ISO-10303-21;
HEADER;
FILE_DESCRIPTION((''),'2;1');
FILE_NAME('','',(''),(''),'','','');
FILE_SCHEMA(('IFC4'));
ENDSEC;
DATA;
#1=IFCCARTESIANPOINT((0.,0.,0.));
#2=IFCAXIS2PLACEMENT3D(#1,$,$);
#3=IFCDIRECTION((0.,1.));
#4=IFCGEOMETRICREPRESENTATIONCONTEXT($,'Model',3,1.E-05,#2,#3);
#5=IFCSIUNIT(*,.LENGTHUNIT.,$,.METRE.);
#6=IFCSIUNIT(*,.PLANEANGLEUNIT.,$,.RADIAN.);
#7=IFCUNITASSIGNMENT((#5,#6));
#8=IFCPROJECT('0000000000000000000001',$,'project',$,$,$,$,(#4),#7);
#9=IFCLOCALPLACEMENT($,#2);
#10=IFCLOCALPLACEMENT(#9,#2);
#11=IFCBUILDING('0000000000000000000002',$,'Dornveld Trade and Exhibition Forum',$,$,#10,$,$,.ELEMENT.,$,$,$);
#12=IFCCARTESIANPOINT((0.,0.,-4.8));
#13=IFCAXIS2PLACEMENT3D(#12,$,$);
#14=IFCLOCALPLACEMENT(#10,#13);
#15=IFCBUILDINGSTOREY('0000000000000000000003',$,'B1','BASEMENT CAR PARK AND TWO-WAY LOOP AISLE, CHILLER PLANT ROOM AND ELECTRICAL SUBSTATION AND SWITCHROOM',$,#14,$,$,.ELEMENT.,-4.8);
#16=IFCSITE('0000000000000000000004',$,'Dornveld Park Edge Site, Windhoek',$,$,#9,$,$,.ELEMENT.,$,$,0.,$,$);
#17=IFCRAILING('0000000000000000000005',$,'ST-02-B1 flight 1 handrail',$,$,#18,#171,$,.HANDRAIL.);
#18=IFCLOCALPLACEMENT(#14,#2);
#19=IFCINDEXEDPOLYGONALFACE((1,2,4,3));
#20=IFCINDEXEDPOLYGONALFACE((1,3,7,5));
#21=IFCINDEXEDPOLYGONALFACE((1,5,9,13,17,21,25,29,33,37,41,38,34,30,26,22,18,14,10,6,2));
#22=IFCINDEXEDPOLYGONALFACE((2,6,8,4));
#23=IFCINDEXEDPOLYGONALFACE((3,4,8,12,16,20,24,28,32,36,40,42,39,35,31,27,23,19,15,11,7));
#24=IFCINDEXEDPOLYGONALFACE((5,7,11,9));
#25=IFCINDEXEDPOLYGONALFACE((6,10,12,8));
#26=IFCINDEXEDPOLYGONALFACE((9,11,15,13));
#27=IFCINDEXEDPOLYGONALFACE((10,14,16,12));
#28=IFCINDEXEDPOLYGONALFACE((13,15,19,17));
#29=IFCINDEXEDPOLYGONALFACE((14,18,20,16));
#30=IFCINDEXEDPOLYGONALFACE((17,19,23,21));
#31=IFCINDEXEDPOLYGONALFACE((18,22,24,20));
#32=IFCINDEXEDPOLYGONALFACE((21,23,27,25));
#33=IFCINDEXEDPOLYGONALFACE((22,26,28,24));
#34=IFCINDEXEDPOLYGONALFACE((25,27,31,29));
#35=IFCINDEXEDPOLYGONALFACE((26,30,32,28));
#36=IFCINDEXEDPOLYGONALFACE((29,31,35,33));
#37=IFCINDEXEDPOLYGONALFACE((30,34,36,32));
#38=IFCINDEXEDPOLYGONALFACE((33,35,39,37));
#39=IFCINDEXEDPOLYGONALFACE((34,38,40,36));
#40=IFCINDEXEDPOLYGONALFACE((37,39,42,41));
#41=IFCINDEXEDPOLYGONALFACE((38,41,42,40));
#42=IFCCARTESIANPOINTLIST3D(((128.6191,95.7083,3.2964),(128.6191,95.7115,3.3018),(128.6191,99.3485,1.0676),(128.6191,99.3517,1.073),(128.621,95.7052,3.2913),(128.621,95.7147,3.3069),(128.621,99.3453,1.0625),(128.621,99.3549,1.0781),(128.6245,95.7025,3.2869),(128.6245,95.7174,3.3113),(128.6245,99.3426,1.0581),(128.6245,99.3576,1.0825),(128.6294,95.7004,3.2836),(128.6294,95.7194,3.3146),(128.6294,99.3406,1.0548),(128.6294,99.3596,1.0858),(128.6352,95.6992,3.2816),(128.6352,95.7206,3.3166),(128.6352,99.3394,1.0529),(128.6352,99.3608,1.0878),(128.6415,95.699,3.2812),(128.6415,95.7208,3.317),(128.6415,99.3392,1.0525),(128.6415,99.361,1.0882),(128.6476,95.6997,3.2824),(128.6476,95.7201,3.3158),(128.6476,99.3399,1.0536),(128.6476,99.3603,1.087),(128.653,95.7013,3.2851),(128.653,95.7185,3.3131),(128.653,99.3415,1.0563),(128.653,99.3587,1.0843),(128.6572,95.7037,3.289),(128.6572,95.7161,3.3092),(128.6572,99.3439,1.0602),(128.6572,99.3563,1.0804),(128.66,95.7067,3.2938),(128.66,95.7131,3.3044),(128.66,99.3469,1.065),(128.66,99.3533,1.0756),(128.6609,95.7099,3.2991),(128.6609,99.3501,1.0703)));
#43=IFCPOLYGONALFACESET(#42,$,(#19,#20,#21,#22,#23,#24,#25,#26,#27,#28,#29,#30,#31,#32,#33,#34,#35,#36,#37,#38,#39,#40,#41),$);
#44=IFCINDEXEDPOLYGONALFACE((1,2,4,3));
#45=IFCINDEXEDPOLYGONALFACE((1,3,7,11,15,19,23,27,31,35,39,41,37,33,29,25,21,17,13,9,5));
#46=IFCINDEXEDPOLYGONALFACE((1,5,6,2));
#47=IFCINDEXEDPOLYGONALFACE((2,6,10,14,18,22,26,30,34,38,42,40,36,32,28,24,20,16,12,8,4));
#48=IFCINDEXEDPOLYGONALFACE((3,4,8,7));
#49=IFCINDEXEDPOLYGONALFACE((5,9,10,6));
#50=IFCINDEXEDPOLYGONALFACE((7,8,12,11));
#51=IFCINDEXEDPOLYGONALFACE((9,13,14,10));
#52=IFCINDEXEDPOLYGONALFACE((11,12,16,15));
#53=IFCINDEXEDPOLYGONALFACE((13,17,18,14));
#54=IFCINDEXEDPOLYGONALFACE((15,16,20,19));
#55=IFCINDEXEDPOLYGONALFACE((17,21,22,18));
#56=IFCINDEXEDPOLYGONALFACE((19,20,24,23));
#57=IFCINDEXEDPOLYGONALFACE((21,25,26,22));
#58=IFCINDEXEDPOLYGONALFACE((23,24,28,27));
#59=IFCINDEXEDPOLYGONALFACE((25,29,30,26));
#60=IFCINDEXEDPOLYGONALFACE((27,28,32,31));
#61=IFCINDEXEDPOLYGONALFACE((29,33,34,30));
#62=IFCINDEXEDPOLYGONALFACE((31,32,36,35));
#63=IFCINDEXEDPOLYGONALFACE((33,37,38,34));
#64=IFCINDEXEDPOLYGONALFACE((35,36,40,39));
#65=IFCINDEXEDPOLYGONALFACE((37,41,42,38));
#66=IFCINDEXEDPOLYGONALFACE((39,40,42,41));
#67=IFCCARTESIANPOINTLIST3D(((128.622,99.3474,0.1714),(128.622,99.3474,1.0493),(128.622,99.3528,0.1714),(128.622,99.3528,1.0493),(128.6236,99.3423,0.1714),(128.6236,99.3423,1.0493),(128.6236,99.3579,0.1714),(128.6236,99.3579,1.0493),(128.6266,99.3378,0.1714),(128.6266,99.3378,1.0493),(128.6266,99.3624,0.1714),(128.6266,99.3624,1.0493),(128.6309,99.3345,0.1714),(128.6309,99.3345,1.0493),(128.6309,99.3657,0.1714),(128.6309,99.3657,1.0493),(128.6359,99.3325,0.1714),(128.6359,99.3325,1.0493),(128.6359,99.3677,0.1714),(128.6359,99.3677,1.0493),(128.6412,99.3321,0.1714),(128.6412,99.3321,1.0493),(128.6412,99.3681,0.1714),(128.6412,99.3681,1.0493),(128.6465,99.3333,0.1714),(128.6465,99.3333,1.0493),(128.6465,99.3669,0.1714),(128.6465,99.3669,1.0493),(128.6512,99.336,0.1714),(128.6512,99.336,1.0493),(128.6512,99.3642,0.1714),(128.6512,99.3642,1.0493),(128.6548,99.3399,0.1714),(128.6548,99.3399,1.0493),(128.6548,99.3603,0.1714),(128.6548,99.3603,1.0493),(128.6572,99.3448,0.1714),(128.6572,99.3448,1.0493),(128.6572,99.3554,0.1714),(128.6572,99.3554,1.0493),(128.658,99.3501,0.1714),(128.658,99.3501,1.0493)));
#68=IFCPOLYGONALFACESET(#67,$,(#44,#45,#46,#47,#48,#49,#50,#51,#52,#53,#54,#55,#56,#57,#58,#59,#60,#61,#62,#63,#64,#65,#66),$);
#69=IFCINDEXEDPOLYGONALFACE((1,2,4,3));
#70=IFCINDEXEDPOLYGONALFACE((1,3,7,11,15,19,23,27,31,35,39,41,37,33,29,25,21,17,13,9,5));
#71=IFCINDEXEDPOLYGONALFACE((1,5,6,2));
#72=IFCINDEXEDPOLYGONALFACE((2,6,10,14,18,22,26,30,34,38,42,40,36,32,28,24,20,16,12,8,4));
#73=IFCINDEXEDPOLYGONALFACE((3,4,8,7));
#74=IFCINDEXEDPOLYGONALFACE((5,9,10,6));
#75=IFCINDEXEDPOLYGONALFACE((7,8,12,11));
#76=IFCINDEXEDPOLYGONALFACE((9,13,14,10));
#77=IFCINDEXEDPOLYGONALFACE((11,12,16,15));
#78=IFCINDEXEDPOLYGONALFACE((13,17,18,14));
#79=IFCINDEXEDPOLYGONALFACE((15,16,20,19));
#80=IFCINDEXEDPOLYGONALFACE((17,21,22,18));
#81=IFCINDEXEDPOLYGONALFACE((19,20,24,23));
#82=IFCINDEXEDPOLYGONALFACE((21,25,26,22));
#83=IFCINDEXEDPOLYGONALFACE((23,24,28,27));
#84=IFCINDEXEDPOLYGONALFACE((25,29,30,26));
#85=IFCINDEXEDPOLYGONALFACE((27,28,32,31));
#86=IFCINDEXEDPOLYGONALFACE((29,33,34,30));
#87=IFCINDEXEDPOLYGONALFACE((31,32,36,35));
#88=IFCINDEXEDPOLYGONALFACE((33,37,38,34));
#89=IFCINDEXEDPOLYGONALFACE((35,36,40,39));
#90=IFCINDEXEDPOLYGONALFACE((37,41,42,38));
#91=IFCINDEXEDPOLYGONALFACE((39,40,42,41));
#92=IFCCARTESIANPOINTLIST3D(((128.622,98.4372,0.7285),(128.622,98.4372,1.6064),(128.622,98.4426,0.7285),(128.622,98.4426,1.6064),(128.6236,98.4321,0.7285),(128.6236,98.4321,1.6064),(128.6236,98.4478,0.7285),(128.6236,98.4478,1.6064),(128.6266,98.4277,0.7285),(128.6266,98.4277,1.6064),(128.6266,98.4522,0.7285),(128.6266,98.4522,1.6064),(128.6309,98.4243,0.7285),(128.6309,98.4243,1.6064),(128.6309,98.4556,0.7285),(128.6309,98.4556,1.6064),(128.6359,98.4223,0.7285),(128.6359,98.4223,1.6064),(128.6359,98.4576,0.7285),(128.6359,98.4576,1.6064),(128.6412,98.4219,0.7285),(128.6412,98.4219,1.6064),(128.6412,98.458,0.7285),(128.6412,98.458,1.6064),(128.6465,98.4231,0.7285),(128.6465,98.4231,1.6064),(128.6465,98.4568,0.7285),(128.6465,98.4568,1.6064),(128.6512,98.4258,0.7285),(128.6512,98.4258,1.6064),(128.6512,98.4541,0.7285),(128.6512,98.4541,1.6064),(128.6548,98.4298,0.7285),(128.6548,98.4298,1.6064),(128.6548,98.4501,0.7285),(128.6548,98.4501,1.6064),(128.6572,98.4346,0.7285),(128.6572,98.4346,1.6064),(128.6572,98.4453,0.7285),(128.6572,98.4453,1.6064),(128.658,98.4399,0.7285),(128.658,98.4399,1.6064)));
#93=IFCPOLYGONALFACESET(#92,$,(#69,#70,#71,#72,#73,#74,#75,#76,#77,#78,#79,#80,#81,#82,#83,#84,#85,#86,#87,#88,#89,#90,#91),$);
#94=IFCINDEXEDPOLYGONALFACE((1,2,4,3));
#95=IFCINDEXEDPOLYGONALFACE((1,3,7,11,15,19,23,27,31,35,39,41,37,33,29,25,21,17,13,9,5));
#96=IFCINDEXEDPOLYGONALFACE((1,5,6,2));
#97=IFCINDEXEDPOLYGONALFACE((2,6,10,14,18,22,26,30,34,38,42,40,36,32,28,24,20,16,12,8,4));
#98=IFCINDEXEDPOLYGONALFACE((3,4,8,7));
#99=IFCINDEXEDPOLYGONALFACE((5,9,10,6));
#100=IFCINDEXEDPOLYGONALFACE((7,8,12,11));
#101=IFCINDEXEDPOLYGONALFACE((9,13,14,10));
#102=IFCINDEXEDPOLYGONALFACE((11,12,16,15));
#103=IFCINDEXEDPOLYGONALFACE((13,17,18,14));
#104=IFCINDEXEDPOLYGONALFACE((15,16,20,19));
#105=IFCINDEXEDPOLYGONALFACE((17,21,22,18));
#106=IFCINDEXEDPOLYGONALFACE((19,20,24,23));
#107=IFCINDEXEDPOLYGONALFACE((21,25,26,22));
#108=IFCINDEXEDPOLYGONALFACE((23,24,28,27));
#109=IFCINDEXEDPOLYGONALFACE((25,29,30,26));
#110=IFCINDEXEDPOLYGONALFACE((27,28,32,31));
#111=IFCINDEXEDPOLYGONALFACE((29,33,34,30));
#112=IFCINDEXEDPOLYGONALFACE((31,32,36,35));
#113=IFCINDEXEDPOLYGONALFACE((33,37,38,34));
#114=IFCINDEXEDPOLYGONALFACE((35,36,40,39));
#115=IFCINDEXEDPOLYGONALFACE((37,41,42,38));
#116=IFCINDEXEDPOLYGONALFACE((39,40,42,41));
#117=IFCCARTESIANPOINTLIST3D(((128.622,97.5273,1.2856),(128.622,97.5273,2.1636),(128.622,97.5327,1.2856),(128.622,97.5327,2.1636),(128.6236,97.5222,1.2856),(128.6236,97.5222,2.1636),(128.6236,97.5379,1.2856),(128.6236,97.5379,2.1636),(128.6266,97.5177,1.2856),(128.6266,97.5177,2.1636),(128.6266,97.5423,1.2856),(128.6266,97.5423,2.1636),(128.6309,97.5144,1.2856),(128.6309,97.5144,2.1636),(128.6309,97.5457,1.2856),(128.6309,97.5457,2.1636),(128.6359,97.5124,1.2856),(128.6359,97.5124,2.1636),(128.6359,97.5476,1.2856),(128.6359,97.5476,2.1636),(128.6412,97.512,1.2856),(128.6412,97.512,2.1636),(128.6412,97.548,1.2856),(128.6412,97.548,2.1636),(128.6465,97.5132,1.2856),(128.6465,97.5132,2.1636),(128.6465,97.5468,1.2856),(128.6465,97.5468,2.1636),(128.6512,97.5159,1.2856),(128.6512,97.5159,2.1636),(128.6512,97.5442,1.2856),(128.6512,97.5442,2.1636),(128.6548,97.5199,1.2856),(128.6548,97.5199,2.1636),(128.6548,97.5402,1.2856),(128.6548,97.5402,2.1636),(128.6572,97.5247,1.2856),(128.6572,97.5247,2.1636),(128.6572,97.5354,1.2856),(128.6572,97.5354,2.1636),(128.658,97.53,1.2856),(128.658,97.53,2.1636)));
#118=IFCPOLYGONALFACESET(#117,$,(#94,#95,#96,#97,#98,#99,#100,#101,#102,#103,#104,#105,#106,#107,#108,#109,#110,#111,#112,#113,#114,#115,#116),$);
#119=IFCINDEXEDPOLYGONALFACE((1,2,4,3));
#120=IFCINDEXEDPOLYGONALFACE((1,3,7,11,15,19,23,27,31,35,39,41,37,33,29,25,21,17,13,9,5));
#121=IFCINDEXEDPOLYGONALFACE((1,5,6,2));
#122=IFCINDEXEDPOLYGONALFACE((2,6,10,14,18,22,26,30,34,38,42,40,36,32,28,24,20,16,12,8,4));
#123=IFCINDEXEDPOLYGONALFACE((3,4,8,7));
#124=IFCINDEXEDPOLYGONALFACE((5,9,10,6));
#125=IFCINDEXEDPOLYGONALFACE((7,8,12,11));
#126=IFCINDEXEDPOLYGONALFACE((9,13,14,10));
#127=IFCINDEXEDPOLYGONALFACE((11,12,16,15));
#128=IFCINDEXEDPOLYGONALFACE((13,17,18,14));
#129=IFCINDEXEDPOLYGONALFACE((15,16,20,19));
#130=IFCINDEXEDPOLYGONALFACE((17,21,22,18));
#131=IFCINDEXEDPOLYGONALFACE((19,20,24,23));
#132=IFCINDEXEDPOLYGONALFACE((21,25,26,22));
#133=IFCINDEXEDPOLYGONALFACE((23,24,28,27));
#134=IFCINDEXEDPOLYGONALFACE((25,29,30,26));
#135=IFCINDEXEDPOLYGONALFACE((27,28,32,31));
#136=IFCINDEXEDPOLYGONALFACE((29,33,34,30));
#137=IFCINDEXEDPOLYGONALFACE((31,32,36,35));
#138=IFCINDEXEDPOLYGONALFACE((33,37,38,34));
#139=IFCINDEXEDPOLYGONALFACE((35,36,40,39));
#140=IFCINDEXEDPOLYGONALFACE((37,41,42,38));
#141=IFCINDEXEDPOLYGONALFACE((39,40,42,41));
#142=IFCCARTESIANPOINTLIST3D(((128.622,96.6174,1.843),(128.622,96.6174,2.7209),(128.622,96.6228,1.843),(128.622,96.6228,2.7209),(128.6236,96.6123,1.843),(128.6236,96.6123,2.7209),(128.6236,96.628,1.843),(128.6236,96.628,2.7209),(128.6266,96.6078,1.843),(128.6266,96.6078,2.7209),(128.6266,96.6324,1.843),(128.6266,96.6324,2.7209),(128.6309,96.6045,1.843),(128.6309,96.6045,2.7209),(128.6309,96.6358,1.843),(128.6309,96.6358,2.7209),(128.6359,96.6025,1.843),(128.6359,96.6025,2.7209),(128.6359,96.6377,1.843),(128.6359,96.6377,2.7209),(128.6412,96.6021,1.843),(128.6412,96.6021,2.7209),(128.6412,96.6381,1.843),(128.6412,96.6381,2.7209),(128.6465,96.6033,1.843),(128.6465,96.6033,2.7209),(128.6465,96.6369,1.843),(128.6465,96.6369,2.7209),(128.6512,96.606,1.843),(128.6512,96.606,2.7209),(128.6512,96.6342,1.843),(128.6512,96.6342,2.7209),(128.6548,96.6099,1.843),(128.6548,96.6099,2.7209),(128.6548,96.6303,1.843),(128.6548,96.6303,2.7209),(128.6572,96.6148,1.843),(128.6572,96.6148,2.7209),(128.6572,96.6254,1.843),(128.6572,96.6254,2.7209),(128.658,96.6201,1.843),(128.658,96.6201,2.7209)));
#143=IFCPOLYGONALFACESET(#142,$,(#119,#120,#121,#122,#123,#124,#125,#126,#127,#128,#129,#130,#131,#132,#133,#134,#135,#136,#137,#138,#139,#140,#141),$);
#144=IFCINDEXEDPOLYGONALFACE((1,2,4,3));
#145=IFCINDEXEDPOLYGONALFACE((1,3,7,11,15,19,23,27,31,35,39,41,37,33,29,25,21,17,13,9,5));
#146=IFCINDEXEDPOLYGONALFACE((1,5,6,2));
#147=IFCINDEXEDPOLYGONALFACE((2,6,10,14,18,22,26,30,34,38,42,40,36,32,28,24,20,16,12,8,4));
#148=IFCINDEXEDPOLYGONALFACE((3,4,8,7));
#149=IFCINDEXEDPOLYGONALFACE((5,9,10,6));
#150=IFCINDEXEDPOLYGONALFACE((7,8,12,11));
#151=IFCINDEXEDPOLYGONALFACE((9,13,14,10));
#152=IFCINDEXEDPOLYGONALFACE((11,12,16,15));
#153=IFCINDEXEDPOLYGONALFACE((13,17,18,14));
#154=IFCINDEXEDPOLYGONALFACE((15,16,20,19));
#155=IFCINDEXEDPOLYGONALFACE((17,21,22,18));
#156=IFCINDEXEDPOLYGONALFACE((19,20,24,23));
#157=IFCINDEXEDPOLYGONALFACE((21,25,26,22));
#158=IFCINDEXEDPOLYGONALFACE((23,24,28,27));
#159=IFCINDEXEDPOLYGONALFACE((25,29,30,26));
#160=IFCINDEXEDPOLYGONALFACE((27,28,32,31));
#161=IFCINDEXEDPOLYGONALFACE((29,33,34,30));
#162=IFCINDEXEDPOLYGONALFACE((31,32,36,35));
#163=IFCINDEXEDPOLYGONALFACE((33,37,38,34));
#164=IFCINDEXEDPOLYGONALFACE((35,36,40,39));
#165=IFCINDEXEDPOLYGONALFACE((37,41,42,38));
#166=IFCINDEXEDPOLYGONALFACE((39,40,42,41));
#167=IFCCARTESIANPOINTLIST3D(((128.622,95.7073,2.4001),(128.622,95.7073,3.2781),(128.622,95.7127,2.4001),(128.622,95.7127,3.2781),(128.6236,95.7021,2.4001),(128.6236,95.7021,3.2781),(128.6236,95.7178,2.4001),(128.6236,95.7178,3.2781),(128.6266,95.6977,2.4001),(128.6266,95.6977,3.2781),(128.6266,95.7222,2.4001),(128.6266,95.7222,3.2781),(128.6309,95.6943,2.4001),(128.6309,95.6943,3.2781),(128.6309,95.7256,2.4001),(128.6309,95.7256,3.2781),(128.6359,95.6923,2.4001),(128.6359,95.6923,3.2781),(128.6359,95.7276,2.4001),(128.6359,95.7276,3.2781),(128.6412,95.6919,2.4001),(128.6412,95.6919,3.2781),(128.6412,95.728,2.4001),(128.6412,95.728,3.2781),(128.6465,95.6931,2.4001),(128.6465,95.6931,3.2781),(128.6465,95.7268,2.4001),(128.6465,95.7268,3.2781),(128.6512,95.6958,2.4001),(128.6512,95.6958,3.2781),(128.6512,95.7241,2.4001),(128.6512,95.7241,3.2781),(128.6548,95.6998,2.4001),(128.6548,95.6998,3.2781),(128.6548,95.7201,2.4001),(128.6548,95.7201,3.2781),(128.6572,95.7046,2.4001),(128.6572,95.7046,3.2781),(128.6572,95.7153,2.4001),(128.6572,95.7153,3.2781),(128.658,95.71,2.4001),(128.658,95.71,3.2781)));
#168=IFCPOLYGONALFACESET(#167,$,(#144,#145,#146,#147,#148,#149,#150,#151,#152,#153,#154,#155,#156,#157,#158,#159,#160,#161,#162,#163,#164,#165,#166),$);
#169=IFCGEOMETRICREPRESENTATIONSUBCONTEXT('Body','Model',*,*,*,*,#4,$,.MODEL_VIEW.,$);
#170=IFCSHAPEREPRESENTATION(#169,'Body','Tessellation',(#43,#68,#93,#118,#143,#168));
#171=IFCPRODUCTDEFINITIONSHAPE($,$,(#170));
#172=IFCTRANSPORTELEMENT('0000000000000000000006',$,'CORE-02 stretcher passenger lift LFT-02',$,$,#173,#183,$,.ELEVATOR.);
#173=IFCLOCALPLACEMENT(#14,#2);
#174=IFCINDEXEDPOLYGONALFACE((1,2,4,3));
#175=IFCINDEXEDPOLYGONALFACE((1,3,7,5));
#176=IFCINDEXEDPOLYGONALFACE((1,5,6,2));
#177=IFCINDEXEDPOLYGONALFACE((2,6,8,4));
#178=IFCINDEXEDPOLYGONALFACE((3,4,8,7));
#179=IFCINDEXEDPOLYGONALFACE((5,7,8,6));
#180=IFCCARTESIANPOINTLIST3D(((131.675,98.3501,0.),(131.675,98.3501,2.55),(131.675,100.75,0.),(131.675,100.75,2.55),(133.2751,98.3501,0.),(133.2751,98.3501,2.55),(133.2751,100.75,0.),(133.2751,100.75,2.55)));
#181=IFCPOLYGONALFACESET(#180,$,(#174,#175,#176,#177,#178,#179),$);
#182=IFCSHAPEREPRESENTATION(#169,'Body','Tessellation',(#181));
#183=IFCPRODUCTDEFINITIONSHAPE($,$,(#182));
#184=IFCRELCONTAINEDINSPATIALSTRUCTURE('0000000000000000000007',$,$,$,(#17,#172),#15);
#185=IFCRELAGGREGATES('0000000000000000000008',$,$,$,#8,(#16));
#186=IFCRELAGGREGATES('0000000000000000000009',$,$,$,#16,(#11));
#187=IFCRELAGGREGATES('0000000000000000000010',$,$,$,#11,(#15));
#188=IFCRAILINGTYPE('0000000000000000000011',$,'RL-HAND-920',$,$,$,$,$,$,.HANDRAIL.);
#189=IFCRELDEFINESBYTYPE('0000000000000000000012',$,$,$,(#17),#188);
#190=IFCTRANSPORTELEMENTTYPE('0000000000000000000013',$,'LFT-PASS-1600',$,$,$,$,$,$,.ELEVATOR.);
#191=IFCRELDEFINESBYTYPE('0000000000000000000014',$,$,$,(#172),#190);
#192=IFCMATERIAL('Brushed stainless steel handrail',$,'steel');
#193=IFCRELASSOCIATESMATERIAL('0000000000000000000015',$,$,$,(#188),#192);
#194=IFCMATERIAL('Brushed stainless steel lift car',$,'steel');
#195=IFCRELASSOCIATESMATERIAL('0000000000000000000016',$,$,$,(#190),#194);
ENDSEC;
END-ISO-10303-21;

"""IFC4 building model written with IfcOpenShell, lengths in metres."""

from ifc_helpers import new_model, si_unit, direction, frame, origin, origin_2d, place, context, subcontext, project, spatial, rectangle, circle, extrude, material, type_object, element, save


model = new_model("IFC4")

# Units and contexts
model_context = context("Model", 3, precision=1e-05, world=origin(), true_north=direction((0.0, 1.0)))
body_context = subcontext(model_context, "Body", "Model", "MODEL_VIEW")
ifc_project = project(units=[si_unit("LENGTHUNIT", "METRE"), si_unit("PLANEANGLEUNIT", "RADIAN")], contexts=[model_context])

# Site, building, storey
site_placement = place(None, origin())
site = spatial("IfcSite", under=ifc_project, at=site_placement, Name="Dornveld Park Edge Site, Windhoek", CompositionType="ELEMENT", RefElevation=0.0)
building_placement = place(site_placement, origin())
building = spatial("IfcBuilding", under=site, at=building_placement, Name="Dornveld Trade and Exhibition Forum", CompositionType="ELEMENT")
storey_placement = place(building_placement, frame((0.0, 0.0, -4.8)))
storey = spatial("IfcBuildingStorey", under=building, at=storey_placement, Name="B1", Description="BASEMENT CAR PARK AND TWO-WAY LOOP AISLE, CHILLER PLANT ROOM AND ELECTRICAL SUBSTATION AND SWITCHROOM", CompositionType="ELEMENT", Elevation=-4.8)

# Railing
ifc_material_1 = material(Name="Brushed stainless steel handrail", Category="steel")
railing_type = type_object("IfcRailingType", Name="RL-HAND-920", PredefinedType="HANDRAIL", material=ifc_material_1)
railing_placement = place(storey_placement, frame((128.6399, 99.3501, 0.1714)))
element("IfcRailing", 1, at=railing_placement, inside=storey, type_object=railing_type, Name="ST-02-B1 flight 1 handrail", PredefinedType="HANDRAIL", context=body_context, shape_type="SweptSolid", body=[
    extrude(circle(Radius=0.021, at=origin_2d()), frame((0.0, 0.0, 0.8989), z_axis=(0.0, -0.85284, 0.522172), x_axis=(1.0, 0.0, 0.0)), (0.0, 0.0, 1.0), 4.2683),
    extrude(circle(Radius=0.0181, at=origin_2d()), origin(), (0.0, 0.0, 1.0), 0.8779),
    extrude(circle(Radius=0.0181, at=origin_2d()), frame((0.0, -0.9102, 0.5571)), (0.0, 0.0, 1.0), 0.8779),
    extrude(circle(Radius=0.0181, at=origin_2d()), frame((0.0, -1.8201, 1.1143)), (0.0, 0.0, 1.0), 0.8779),
    extrude(circle(Radius=0.0181, at=origin_2d()), frame((0.0, -2.73, 1.6716)), (0.0, 0.0, 1.0), 0.8779),
    extrude(circle(Radius=0.0181, at=origin_2d()), frame((0.0, -3.6401, 2.2288)), (0.0, 0.0, 1.0), 0.8779),
])

# Transport element
ifc_material_2 = material(Name="Brushed stainless steel lift car", Category="steel")
transport_element_type = type_object("IfcTransportElementType", Name="LFT-PASS-1600", PredefinedType="ELEVATOR", material=ifc_material_2)
transport_element_placement = place(storey_placement, frame((132.4751, 99.55, 0.0), z_axis=(0.0, 0.0, 1.0), x_axis=(1.0, 0.0, 0.0)))
element("IfcTransportElement", 2, at=transport_element_placement, inside=storey, type_object=transport_element_type, Name="CORE-02 stretcher passenger lift LFT-02", PredefinedType="ELEVATOR", context=body_context, shape_type="SweptSolid", body=[
    extrude(rectangle(XDim=1.6001, YDim=2.3999, at=origin_2d()), origin(), (0.0, 0.0, 1.0), 2.55),
])

save(model, "model.ifc")
